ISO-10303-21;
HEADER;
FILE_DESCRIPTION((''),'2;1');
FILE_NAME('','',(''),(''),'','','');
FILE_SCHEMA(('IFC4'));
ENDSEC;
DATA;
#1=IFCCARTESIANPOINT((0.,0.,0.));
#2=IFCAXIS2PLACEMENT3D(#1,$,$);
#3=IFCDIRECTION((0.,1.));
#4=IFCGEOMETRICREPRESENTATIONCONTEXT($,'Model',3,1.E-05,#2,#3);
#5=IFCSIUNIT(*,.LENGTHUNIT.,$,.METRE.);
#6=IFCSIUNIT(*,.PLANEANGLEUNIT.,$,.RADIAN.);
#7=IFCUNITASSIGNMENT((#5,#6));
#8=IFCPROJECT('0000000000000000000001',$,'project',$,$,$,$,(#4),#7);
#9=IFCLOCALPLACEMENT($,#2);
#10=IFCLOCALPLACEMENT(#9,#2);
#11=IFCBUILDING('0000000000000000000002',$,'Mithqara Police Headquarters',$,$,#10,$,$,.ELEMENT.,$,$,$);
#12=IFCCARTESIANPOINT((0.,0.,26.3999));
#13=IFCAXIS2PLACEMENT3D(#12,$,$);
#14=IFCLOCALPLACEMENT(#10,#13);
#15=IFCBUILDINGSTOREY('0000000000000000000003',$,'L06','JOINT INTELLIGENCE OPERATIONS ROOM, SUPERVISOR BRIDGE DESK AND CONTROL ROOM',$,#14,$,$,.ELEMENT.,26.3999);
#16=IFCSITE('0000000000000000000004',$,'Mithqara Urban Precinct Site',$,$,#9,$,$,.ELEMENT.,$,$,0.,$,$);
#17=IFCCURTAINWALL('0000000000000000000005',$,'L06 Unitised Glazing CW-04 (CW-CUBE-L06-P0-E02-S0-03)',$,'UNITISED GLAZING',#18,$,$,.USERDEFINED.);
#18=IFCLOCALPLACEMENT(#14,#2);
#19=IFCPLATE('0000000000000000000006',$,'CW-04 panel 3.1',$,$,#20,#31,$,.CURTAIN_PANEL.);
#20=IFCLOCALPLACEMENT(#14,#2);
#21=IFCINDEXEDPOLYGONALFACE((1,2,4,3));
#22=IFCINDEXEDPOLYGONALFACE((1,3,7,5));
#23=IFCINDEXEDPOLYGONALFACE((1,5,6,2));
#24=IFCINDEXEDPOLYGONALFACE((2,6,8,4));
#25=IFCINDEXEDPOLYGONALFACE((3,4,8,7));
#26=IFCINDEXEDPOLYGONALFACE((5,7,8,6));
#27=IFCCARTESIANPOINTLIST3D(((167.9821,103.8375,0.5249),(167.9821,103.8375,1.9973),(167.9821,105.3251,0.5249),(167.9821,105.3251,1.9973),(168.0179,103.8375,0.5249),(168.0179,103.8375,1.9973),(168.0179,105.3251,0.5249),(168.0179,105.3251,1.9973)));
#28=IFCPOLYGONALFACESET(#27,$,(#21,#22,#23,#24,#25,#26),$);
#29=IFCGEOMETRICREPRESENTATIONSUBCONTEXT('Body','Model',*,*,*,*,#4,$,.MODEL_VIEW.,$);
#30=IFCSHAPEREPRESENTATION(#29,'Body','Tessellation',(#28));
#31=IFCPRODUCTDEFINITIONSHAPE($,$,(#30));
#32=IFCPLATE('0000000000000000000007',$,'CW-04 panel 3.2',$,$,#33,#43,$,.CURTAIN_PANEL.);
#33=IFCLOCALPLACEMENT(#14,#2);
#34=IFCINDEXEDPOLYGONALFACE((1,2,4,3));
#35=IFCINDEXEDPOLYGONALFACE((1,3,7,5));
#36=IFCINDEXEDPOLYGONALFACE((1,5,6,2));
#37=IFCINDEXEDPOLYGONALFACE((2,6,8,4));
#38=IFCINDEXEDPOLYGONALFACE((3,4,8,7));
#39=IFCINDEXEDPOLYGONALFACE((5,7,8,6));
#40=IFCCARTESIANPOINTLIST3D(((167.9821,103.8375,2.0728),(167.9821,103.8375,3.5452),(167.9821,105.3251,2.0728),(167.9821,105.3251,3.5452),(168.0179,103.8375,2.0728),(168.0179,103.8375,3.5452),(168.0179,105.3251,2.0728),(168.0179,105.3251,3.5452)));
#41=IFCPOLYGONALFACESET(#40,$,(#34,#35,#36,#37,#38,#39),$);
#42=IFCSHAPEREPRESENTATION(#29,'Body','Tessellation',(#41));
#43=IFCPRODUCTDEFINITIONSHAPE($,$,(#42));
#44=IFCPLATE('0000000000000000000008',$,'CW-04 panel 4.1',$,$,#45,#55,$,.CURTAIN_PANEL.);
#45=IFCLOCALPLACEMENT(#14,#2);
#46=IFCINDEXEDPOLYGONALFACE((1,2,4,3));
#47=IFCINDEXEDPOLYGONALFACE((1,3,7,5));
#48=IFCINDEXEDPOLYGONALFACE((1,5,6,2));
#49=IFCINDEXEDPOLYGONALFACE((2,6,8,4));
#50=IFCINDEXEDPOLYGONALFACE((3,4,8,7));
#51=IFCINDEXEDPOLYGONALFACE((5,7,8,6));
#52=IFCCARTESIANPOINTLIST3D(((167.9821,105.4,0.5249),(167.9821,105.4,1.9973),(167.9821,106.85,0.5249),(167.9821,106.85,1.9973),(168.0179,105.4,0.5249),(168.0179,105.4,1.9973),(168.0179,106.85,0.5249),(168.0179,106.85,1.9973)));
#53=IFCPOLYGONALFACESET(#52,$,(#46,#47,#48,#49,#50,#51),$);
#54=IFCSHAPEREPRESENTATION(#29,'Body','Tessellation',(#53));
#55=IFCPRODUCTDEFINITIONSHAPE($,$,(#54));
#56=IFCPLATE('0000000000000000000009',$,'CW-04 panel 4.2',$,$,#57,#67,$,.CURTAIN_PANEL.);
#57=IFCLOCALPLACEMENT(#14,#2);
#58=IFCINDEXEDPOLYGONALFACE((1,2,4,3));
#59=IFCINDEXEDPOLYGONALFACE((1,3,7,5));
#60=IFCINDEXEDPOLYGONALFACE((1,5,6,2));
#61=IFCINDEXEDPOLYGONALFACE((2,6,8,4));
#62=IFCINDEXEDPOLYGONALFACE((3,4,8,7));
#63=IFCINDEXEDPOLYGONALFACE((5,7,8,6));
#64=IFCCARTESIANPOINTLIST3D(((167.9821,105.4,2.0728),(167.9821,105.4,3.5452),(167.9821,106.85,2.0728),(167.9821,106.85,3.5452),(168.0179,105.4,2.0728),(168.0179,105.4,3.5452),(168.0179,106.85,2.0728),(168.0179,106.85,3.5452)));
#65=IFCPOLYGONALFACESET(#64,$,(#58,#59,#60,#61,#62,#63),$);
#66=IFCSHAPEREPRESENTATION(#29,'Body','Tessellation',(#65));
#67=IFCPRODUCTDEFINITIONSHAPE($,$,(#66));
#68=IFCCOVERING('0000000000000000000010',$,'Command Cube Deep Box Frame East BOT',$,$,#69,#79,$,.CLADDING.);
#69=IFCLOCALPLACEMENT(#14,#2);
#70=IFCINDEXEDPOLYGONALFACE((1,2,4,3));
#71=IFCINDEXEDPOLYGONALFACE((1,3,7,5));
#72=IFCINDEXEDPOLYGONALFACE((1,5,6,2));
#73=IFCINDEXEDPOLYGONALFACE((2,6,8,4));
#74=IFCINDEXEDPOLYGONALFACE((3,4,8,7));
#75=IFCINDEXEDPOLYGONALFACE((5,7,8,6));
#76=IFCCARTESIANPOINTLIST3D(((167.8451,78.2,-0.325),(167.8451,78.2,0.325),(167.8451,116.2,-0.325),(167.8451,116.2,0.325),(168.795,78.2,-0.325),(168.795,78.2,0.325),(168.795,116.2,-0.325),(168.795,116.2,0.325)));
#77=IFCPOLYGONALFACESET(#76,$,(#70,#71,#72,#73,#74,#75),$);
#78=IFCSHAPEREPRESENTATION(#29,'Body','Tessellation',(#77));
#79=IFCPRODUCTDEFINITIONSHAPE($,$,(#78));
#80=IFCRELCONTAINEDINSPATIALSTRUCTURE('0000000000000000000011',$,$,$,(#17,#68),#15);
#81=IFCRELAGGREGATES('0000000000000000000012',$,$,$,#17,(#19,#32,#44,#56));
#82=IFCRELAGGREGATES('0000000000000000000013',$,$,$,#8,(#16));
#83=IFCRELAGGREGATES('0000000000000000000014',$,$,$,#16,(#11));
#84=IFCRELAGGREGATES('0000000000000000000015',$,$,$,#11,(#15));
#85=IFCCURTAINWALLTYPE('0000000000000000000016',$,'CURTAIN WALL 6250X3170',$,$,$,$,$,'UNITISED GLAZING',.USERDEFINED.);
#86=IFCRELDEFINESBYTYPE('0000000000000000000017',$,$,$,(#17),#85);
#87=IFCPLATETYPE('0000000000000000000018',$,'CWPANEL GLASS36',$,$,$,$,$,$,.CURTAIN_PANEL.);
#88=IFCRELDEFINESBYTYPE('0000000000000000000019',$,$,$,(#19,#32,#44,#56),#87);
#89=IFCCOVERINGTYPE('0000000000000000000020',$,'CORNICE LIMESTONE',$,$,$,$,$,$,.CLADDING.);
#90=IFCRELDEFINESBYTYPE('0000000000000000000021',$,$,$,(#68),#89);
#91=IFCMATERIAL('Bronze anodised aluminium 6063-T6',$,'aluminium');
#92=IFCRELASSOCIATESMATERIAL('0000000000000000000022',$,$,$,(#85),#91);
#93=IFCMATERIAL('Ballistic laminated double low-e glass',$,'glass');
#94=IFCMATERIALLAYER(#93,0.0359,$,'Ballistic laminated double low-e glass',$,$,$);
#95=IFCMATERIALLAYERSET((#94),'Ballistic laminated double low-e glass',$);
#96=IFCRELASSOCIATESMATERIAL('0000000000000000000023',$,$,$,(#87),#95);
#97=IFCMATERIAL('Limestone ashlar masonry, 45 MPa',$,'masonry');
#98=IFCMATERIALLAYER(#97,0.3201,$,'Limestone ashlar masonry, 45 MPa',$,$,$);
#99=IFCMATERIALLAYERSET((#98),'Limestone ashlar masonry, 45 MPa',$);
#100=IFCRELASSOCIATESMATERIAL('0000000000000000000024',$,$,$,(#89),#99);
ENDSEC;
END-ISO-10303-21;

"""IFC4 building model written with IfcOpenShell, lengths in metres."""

from ifc_helpers import new_model, si_unit, direction, frame, origin, origin_2d, place, context, subcontext, project, spatial, rectangle, extrude, material, layer, layer_set, type_object, element, aggregate, save


model = new_model("IFC4")

# Units and contexts
model_context = context("Model", 3, precision=1e-05, world=origin(), true_north=direction((0.0, 1.0)))
body_context = subcontext(model_context, "Body", "Model", "MODEL_VIEW")
ifc_project = project(units=[si_unit("LENGTHUNIT", "METRE"), si_unit("PLANEANGLEUNIT", "RADIAN")], contexts=[model_context])

# Site, building, storey
site_placement = place(None, origin())
site = spatial("IfcSite", under=ifc_project, at=site_placement, Name="Mithqara Urban Precinct Site", CompositionType="ELEMENT", RefElevation=0.0)
building_placement = place(site_placement, origin())
building = spatial("IfcBuilding", under=site, at=building_placement, Name="Mithqara Police Headquarters", CompositionType="ELEMENT")
storey_placement = place(building_placement, frame((0.0, 0.0, 26.3999)))
storey = spatial("IfcBuildingStorey", under=building, at=storey_placement, Name="L06", Description="JOINT INTELLIGENCE OPERATIONS ROOM, SUPERVISOR BRIDGE DESK AND CONTROL ROOM", CompositionType="ELEMENT", Elevation=26.3999)

# Curtain wall
ifc_material_1 = material(Name="Bronze anodised aluminium 6063-T6", Category="aluminium")
curtain_wall_type = type_object("IfcCurtainWallType", Name="CURTAIN WALL 6250X3170", ElementType="UNITISED GLAZING", PredefinedType="USERDEFINED", material=ifc_material_1)
curtain_wall_1_placement = place(storey_placement, origin())
curtain_wall_1 = element("IfcCurtainWall", 1, at=curtain_wall_1_placement, inside=storey, type_object=curtain_wall_type, Name="L06 Unitised Glazing CW-04 (CW-CUBE-L06-P0-E02-S0-03)", ObjectType="UNITISED GLAZING", PredefinedType="USERDEFINED")

# Plates
ifc_material_2 = material(Name="Ballistic laminated double low-e glass", Category="glass")
ifc_layer_1 = layer(ifc_material_2, 0.0359, Name="Ballistic laminated double low-e glass")
ifc_layer_set_1 = layer_set([ifc_layer_1], Name="Ballistic laminated double low-e glass")
plate_type = type_object("IfcPlateType", Name="CWPANEL GLASS36", PredefinedType="CURTAIN_PANEL", material=ifc_layer_set_1)
plate_1_placement = place(storey_placement, frame((168.0, 104.5813, 0.5249), z_axis=(0.0, 0.0, 1.0), x_axis=(0.0, 1.0, 0.0)))
plate_1 = element("IfcPlate", 2, at=plate_1_placement, type_object=plate_type, Name="CW-04 panel 3.1", PredefinedType="CURTAIN_PANEL", context=body_context, shape_type="SweptSolid", body=[
    extrude(rectangle(XDim=1.4875, YDim=0.0359, at=origin_2d()), origin(), (0.0, 0.0, 1.0), 1.4724),
])
plate_2_placement = place(storey_placement, frame((168.0, 104.5813, 2.0728), z_axis=(0.0, 0.0, 1.0), x_axis=(0.0, 1.0, 0.0)))
plate_2 = element("IfcPlate", 3, at=plate_2_placement, type_object=plate_type, Name="CW-04 panel 3.2", PredefinedType="CURTAIN_PANEL", context=body_context, shape_type="SweptSolid", body=[
    extrude(rectangle(XDim=1.4875, YDim=0.0359, at=origin_2d()), origin(), (0.0, 0.0, 1.0), 1.4724),
])
plate_3_placement = place(storey_placement, frame((168.0, 106.125, 0.5249), z_axis=(0.0, 0.0, 1.0), x_axis=(0.0, 1.0, 0.0)))
plate_3 = element("IfcPlate", 4, at=plate_3_placement, type_object=plate_type, Name="CW-04 panel 4.1", PredefinedType="CURTAIN_PANEL", context=body_context, shape_type="SweptSolid", body=[
    extrude(rectangle(XDim=1.45, YDim=0.0359, at=origin_2d()), origin(), (0.0, 0.0, 1.0), 1.4724),
])
plate_4_placement = place(storey_placement, frame((168.0, 106.125, 2.0728), z_axis=(0.0, 0.0, 1.0), x_axis=(0.0, 1.0, 0.0)))
plate_4 = element("IfcPlate", 5, at=plate_4_placement, type_object=plate_type, Name="CW-04 panel 4.2", PredefinedType="CURTAIN_PANEL", context=body_context, shape_type="SweptSolid", body=[
    extrude(rectangle(XDim=1.45, YDim=0.0359, at=origin_2d()), origin(), (0.0, 0.0, 1.0), 1.4724),
])
aggregate(curtain_wall_1, [plate_1, plate_2, plate_3, plate_4])

# Covering
ifc_material_3 = material(Name="Limestone ashlar masonry, 45 MPa", Category="masonry")
ifc_layer_2 = layer(ifc_material_3, 0.3201, Name="Limestone ashlar masonry, 45 MPa")
ifc_layer_set_2 = layer_set([ifc_layer_2], Name="Limestone ashlar masonry, 45 MPa")
covering_type = type_object("IfcCoveringType", Name="CORNICE LIMESTONE", PredefinedType="CLADDING", material=ifc_layer_set_2)
covering_placement = place(storey_placement, frame((168.3201, 97.2, -0.325), z_axis=(0.0, 0.0, 1.0), x_axis=(1.0, 0.0, 0.0)))
element("IfcCovering", 6, at=covering_placement, inside=storey, type_object=covering_type, Name="Command Cube Deep Box Frame East BOT", PredefinedType="CLADDING", context=body_context, shape_type="SweptSolid", body=[
    extrude(rectangle(XDim=0.95, YDim=38.0, at=origin_2d()), origin(), (0.0, 0.0, 1.0), 0.6499),
])

save(model, "model.ifc")
